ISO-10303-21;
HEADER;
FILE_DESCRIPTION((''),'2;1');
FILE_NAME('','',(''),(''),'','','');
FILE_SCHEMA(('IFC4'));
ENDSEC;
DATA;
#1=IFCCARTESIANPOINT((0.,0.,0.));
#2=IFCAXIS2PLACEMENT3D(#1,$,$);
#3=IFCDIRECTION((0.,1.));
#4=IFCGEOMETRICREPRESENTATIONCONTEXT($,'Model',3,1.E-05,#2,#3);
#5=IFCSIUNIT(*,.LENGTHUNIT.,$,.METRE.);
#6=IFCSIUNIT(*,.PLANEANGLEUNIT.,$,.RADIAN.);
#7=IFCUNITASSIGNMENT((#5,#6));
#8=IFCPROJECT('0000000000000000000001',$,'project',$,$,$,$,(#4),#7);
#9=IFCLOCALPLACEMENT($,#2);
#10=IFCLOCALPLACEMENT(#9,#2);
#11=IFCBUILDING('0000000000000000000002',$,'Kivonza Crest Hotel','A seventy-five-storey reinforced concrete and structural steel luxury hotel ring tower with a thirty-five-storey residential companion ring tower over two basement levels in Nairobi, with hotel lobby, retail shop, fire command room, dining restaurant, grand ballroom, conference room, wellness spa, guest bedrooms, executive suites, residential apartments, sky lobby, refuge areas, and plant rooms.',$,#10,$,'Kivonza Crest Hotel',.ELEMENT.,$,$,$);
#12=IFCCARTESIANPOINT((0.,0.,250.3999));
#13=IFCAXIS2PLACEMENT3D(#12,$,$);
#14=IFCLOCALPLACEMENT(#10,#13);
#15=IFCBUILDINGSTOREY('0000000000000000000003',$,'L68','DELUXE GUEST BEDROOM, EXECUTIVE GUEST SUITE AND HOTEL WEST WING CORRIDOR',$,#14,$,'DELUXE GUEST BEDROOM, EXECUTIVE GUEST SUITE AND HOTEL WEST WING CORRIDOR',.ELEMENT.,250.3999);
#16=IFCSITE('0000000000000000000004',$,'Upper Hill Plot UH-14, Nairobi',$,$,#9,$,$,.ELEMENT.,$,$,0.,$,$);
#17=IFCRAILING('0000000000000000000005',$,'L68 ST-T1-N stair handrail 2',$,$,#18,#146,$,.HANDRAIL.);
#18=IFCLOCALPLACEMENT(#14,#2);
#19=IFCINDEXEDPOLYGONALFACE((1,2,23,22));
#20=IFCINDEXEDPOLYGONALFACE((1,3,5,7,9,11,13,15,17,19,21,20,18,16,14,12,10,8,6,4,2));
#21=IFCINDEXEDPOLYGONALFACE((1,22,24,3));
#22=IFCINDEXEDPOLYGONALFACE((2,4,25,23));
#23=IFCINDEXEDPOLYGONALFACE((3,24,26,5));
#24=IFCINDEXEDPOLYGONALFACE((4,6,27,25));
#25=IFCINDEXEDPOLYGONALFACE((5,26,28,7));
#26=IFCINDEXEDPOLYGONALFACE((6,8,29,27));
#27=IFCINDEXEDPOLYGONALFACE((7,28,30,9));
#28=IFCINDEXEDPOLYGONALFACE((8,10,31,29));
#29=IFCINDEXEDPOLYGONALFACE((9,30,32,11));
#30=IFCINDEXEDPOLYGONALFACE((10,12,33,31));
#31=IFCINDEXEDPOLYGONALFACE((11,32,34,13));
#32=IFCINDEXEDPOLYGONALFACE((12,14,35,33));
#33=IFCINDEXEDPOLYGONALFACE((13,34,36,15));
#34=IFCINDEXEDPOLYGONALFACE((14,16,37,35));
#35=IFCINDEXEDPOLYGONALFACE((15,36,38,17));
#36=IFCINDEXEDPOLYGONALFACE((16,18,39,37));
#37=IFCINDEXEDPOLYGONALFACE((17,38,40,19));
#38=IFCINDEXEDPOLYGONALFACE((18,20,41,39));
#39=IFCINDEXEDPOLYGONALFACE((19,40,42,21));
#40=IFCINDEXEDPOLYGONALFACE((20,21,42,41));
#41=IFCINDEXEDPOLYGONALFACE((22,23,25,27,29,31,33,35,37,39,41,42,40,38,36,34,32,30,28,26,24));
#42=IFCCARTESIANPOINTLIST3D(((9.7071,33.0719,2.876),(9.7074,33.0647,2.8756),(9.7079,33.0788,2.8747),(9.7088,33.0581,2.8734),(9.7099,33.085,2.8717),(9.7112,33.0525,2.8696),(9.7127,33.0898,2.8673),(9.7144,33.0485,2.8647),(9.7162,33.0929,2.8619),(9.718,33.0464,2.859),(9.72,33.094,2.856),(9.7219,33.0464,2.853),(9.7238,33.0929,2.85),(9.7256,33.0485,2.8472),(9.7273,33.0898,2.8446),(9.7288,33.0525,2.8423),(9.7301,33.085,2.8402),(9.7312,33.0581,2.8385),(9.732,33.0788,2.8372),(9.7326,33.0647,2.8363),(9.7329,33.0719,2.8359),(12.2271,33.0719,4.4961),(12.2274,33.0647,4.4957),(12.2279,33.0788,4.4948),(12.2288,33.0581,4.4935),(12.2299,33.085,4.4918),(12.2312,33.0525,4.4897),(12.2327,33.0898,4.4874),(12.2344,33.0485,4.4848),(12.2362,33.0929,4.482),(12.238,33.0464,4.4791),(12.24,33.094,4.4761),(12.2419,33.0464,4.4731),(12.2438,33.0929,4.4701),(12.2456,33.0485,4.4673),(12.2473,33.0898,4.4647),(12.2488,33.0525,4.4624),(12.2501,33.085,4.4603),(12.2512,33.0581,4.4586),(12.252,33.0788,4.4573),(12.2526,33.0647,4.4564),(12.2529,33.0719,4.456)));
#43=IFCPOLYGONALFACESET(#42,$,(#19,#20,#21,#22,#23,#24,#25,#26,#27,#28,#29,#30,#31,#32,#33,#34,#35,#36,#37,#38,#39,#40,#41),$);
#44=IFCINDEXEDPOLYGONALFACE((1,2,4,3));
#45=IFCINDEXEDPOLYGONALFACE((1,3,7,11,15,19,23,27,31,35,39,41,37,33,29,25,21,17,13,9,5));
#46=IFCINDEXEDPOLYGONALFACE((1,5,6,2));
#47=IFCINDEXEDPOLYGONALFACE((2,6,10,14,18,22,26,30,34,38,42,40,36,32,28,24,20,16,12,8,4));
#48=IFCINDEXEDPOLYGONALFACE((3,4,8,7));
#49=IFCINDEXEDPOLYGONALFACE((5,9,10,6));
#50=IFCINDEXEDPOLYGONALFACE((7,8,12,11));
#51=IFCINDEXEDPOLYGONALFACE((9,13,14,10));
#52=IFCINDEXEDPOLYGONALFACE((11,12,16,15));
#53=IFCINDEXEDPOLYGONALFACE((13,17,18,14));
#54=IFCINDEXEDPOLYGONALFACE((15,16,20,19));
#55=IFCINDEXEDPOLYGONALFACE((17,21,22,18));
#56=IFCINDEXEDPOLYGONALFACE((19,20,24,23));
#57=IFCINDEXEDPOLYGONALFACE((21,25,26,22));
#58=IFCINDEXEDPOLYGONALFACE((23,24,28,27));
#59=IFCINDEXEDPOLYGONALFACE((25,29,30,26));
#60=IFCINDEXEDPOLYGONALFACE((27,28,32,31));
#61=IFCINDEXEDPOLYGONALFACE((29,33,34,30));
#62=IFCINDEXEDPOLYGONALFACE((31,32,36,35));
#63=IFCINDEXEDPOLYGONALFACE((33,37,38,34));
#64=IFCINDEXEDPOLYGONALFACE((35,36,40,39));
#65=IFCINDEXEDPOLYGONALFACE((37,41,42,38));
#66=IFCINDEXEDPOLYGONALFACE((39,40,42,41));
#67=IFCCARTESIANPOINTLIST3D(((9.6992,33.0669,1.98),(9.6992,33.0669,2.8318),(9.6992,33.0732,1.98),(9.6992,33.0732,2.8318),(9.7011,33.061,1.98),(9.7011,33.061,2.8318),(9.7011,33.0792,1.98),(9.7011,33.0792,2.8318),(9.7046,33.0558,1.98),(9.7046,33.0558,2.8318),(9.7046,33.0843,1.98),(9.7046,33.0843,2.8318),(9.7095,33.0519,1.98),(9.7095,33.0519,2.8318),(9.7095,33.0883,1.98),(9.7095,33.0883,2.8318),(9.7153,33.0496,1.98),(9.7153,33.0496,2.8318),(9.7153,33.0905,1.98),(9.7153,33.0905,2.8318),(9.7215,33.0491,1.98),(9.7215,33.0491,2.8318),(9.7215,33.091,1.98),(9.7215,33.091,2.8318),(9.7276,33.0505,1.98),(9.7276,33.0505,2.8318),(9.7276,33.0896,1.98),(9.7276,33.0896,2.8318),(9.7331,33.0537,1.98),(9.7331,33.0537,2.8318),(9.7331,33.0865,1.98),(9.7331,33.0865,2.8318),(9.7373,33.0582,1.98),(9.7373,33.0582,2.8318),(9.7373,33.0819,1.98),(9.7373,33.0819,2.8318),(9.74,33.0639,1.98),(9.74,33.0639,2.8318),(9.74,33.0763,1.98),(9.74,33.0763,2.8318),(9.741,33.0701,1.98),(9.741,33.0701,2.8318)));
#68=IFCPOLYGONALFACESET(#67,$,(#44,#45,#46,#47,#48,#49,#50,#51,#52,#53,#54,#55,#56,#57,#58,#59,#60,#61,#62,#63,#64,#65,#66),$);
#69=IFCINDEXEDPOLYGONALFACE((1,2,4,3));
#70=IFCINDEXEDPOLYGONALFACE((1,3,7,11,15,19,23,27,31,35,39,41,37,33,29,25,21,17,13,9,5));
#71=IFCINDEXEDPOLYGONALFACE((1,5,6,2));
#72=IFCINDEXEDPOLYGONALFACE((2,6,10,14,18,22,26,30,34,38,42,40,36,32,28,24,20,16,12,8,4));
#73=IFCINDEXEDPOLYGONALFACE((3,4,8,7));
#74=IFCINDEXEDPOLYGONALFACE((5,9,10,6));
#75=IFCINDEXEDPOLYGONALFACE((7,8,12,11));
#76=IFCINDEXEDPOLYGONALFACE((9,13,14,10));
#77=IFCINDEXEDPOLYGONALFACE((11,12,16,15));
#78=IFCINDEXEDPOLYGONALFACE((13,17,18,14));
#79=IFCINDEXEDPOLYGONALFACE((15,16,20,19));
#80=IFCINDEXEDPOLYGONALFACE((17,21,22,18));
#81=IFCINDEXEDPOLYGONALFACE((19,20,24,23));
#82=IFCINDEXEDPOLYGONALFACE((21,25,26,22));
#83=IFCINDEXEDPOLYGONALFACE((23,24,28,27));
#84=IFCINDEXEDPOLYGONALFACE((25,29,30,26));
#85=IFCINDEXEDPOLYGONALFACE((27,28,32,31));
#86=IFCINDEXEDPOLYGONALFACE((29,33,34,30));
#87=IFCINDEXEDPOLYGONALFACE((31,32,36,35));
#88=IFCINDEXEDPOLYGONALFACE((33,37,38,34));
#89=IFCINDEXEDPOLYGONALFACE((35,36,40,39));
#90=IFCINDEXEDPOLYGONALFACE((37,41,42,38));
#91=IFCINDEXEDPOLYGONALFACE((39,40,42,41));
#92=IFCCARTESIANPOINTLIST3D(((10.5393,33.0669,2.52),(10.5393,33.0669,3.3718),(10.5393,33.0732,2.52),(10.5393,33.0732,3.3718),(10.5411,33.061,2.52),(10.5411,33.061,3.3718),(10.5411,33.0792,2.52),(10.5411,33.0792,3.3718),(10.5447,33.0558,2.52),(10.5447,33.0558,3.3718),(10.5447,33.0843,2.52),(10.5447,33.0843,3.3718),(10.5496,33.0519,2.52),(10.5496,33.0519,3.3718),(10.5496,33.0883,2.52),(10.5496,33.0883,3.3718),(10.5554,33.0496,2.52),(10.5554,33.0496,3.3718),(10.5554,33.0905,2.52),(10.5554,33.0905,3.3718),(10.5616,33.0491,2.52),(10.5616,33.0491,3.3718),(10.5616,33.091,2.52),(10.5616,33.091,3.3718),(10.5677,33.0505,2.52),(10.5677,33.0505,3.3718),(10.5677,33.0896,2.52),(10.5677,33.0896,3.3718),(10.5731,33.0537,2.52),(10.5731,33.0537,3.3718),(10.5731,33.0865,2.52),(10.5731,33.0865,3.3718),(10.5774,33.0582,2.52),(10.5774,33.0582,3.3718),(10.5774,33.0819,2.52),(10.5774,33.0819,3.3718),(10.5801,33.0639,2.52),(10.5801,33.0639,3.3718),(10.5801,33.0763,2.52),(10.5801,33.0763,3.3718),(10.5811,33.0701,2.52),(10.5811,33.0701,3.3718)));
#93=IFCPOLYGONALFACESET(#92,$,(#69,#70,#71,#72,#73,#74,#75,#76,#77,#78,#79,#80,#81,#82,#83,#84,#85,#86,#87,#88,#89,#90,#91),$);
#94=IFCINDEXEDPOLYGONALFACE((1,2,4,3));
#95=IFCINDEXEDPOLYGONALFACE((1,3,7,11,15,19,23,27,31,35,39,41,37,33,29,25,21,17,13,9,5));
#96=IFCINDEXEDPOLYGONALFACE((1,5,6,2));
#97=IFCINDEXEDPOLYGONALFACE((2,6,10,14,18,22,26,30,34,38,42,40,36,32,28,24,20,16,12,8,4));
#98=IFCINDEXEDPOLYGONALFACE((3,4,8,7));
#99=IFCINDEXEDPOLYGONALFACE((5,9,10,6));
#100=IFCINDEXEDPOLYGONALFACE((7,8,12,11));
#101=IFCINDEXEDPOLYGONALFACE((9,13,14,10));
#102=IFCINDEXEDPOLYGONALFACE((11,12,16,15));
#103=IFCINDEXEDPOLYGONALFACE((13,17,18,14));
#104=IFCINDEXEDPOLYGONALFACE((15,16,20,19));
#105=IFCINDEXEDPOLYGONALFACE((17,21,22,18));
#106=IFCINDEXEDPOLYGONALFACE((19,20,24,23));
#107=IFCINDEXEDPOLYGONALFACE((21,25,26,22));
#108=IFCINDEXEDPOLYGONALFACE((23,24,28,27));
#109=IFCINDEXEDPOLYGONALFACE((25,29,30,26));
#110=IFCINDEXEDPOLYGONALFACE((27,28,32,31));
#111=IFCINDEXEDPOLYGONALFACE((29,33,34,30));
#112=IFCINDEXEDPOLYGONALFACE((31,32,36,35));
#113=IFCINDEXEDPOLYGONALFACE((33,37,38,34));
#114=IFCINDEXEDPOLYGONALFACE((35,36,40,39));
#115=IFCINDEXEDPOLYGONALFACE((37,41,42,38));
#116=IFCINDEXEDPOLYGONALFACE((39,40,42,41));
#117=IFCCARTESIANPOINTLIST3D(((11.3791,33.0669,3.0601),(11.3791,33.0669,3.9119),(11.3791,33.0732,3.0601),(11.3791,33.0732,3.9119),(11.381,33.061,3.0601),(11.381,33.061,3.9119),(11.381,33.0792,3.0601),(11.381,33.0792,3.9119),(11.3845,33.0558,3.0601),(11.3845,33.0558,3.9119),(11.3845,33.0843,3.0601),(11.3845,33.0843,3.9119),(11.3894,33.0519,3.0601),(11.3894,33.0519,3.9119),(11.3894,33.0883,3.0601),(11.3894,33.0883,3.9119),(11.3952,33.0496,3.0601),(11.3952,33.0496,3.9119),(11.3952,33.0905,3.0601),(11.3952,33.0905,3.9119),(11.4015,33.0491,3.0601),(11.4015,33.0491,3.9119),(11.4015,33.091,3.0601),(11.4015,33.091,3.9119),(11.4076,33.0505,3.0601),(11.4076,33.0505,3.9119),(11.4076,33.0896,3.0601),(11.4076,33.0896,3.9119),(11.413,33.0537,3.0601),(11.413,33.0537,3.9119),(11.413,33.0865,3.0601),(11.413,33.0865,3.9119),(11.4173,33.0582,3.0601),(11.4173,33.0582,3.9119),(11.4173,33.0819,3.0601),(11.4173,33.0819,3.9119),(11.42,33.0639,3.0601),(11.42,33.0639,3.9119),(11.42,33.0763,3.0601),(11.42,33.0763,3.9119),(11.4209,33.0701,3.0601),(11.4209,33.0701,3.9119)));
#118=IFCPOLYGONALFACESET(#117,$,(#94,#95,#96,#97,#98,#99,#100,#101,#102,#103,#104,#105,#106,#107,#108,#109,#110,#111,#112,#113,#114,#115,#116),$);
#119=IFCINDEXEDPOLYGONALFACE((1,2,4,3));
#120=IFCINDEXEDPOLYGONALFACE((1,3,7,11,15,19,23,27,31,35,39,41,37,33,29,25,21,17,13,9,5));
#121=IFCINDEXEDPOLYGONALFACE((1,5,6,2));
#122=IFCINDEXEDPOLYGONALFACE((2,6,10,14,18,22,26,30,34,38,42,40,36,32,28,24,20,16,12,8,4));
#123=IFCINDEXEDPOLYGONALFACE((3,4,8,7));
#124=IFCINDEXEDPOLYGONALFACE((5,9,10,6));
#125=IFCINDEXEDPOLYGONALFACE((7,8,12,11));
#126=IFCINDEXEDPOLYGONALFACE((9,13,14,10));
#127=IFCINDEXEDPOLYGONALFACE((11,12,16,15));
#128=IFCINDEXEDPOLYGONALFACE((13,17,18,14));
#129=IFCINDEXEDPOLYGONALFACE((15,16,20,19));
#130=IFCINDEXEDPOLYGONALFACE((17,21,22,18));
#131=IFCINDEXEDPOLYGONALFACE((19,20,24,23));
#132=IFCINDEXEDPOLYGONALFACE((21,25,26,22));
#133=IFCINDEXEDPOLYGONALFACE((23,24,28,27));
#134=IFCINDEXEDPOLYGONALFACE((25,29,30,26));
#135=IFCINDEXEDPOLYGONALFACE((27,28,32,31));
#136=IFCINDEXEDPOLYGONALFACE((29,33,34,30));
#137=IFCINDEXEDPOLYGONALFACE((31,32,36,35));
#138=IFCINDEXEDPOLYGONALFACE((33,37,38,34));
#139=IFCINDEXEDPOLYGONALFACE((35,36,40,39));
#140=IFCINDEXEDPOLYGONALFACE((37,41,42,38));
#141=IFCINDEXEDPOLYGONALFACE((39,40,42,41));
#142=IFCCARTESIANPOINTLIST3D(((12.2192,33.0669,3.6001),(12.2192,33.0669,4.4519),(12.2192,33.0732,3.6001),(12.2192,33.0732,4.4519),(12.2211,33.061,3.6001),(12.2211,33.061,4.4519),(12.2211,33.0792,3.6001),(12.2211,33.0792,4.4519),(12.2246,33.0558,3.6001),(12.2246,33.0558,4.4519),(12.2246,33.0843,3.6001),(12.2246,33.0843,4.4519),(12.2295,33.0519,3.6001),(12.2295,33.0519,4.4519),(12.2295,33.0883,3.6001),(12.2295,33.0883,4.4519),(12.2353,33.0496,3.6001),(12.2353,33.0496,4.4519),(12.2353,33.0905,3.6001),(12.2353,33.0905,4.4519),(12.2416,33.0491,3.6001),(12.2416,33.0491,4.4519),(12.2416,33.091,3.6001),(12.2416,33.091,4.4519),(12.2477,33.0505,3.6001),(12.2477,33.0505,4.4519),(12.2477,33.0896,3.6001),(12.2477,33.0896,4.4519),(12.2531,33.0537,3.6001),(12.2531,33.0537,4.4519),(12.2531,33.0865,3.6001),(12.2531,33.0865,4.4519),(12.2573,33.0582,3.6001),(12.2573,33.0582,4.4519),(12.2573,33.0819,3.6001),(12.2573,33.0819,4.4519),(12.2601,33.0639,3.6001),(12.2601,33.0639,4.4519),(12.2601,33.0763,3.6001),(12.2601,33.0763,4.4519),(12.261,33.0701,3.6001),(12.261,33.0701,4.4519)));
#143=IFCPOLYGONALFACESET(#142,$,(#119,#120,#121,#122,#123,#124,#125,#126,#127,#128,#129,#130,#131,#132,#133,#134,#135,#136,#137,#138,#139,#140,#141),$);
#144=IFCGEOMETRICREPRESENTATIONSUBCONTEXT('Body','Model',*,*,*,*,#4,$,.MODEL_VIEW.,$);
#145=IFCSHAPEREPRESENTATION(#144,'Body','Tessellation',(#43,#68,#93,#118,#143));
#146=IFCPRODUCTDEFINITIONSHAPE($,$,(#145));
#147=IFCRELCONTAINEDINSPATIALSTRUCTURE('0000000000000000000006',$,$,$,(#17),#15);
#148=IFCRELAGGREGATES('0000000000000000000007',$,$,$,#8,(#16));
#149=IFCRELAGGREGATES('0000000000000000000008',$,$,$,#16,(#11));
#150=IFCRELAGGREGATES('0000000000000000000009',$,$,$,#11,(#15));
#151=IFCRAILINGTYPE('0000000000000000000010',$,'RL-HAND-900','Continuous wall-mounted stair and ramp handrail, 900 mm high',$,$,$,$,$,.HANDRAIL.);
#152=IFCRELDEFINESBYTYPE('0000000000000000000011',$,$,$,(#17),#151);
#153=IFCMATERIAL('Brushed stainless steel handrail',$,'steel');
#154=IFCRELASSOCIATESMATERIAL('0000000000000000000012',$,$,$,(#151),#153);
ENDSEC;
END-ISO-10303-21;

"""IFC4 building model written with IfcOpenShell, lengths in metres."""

from ifc_helpers import new_model, si_unit, direction, frame, origin, origin_2d, place, context, subcontext, project, spatial, circle, extrude, material, type_object, element, save


model = new_model("IFC4")

# Units and contexts
model_context = context("Model", 3, precision=1e-05, world=origin(), true_north=direction((0.0, 1.0)))
body_context = subcontext(model_context, "Body", "Model", "MODEL_VIEW")
ifc_project = project(units=[si_unit("LENGTHUNIT", "METRE"), si_unit("PLANEANGLEUNIT", "RADIAN")], contexts=[model_context])

# Site, building, storey
site_placement = place(None, origin())
site = spatial("IfcSite", under=ifc_project, at=site_placement, Name="Upper Hill Plot UH-14, Nairobi", CompositionType="ELEMENT", RefElevation=0.0)
building_placement = place(site_placement, origin())
building = spatial("IfcBuilding", under=site, at=building_placement, Name="Kivonza Crest Hotel", Description="A seventy-five-storey reinforced concrete and structural steel luxury hotel ring tower with a thirty-five-storey residential companion ring tower over two basement levels in Nairobi, with hotel lobby, retail shop, fire command room, dining restaurant, grand ballroom, conference room, wellness spa, guest bedrooms, executive suites, residential apartments, sky lobby, refuge areas, and plant rooms.", LongName="Kivonza Crest Hotel", CompositionType="ELEMENT")
storey_placement = place(building_placement, frame((0.0, 0.0, 250.3999)))
storey = spatial("IfcBuildingStorey", under=building, at=storey_placement, Name="L68", Description="DELUXE GUEST BEDROOM, EXECUTIVE GUEST SUITE AND HOTEL WEST WING CORRIDOR", LongName="DELUXE GUEST BEDROOM, EXECUTIVE GUEST SUITE AND HOTEL WEST WING CORRIDOR", CompositionType="ELEMENT", Elevation=250.3999)

# Railing
ifc_material_1 = material(Name="Brushed stainless steel handrail", Category="steel")
railing_type_1 = type_object("IfcRailingType", Name="RL-HAND-900", Description="Continuous wall-mounted stair and ramp handrail, 900 mm high", PredefinedType="HANDRAIL", material=ifc_material_1)
railing_1_placement = place(storey_placement, frame((9.72, 33.0701, 1.98)))
element("IfcRailing", 1, at=railing_1_placement, inside=storey, type_object=railing_type_1, Name="L68 ST-T1-N stair handrail 2", PredefinedType="HANDRAIL", context=body_context, shape_type="SweptSolid", body=[
    extrude(circle(Radius=0.0239, at=origin_2d()), frame((0.0, 0.0, 0.876), z_axis=(0.841163, 0.0, 0.540782), x_axis=(0.0, 1.0, 0.0)), (0.0, 0.0, 1.0), 2.9958),
    extrude(circle(Radius=0.021, at=origin_2d()), origin(), (0.0, 0.0, 1.0), 0.8518),
    extrude(circle(Radius=0.021, at=origin_2d()), frame((0.8401, 0.0, 0.54)), (0.0, 0.0, 1.0), 0.8518),
    extrude(circle(Radius=0.021, at=origin_2d()), frame((1.6799, 0.0, 1.0801)), (0.0, 0.0, 1.0), 0.8518),
    extrude(circle(Radius=0.021, at=origin_2d()), frame((2.52, 0.0, 1.6201)), (0.0, 0.0, 1.0), 0.8518),
])

save(model, "model.ifc")
